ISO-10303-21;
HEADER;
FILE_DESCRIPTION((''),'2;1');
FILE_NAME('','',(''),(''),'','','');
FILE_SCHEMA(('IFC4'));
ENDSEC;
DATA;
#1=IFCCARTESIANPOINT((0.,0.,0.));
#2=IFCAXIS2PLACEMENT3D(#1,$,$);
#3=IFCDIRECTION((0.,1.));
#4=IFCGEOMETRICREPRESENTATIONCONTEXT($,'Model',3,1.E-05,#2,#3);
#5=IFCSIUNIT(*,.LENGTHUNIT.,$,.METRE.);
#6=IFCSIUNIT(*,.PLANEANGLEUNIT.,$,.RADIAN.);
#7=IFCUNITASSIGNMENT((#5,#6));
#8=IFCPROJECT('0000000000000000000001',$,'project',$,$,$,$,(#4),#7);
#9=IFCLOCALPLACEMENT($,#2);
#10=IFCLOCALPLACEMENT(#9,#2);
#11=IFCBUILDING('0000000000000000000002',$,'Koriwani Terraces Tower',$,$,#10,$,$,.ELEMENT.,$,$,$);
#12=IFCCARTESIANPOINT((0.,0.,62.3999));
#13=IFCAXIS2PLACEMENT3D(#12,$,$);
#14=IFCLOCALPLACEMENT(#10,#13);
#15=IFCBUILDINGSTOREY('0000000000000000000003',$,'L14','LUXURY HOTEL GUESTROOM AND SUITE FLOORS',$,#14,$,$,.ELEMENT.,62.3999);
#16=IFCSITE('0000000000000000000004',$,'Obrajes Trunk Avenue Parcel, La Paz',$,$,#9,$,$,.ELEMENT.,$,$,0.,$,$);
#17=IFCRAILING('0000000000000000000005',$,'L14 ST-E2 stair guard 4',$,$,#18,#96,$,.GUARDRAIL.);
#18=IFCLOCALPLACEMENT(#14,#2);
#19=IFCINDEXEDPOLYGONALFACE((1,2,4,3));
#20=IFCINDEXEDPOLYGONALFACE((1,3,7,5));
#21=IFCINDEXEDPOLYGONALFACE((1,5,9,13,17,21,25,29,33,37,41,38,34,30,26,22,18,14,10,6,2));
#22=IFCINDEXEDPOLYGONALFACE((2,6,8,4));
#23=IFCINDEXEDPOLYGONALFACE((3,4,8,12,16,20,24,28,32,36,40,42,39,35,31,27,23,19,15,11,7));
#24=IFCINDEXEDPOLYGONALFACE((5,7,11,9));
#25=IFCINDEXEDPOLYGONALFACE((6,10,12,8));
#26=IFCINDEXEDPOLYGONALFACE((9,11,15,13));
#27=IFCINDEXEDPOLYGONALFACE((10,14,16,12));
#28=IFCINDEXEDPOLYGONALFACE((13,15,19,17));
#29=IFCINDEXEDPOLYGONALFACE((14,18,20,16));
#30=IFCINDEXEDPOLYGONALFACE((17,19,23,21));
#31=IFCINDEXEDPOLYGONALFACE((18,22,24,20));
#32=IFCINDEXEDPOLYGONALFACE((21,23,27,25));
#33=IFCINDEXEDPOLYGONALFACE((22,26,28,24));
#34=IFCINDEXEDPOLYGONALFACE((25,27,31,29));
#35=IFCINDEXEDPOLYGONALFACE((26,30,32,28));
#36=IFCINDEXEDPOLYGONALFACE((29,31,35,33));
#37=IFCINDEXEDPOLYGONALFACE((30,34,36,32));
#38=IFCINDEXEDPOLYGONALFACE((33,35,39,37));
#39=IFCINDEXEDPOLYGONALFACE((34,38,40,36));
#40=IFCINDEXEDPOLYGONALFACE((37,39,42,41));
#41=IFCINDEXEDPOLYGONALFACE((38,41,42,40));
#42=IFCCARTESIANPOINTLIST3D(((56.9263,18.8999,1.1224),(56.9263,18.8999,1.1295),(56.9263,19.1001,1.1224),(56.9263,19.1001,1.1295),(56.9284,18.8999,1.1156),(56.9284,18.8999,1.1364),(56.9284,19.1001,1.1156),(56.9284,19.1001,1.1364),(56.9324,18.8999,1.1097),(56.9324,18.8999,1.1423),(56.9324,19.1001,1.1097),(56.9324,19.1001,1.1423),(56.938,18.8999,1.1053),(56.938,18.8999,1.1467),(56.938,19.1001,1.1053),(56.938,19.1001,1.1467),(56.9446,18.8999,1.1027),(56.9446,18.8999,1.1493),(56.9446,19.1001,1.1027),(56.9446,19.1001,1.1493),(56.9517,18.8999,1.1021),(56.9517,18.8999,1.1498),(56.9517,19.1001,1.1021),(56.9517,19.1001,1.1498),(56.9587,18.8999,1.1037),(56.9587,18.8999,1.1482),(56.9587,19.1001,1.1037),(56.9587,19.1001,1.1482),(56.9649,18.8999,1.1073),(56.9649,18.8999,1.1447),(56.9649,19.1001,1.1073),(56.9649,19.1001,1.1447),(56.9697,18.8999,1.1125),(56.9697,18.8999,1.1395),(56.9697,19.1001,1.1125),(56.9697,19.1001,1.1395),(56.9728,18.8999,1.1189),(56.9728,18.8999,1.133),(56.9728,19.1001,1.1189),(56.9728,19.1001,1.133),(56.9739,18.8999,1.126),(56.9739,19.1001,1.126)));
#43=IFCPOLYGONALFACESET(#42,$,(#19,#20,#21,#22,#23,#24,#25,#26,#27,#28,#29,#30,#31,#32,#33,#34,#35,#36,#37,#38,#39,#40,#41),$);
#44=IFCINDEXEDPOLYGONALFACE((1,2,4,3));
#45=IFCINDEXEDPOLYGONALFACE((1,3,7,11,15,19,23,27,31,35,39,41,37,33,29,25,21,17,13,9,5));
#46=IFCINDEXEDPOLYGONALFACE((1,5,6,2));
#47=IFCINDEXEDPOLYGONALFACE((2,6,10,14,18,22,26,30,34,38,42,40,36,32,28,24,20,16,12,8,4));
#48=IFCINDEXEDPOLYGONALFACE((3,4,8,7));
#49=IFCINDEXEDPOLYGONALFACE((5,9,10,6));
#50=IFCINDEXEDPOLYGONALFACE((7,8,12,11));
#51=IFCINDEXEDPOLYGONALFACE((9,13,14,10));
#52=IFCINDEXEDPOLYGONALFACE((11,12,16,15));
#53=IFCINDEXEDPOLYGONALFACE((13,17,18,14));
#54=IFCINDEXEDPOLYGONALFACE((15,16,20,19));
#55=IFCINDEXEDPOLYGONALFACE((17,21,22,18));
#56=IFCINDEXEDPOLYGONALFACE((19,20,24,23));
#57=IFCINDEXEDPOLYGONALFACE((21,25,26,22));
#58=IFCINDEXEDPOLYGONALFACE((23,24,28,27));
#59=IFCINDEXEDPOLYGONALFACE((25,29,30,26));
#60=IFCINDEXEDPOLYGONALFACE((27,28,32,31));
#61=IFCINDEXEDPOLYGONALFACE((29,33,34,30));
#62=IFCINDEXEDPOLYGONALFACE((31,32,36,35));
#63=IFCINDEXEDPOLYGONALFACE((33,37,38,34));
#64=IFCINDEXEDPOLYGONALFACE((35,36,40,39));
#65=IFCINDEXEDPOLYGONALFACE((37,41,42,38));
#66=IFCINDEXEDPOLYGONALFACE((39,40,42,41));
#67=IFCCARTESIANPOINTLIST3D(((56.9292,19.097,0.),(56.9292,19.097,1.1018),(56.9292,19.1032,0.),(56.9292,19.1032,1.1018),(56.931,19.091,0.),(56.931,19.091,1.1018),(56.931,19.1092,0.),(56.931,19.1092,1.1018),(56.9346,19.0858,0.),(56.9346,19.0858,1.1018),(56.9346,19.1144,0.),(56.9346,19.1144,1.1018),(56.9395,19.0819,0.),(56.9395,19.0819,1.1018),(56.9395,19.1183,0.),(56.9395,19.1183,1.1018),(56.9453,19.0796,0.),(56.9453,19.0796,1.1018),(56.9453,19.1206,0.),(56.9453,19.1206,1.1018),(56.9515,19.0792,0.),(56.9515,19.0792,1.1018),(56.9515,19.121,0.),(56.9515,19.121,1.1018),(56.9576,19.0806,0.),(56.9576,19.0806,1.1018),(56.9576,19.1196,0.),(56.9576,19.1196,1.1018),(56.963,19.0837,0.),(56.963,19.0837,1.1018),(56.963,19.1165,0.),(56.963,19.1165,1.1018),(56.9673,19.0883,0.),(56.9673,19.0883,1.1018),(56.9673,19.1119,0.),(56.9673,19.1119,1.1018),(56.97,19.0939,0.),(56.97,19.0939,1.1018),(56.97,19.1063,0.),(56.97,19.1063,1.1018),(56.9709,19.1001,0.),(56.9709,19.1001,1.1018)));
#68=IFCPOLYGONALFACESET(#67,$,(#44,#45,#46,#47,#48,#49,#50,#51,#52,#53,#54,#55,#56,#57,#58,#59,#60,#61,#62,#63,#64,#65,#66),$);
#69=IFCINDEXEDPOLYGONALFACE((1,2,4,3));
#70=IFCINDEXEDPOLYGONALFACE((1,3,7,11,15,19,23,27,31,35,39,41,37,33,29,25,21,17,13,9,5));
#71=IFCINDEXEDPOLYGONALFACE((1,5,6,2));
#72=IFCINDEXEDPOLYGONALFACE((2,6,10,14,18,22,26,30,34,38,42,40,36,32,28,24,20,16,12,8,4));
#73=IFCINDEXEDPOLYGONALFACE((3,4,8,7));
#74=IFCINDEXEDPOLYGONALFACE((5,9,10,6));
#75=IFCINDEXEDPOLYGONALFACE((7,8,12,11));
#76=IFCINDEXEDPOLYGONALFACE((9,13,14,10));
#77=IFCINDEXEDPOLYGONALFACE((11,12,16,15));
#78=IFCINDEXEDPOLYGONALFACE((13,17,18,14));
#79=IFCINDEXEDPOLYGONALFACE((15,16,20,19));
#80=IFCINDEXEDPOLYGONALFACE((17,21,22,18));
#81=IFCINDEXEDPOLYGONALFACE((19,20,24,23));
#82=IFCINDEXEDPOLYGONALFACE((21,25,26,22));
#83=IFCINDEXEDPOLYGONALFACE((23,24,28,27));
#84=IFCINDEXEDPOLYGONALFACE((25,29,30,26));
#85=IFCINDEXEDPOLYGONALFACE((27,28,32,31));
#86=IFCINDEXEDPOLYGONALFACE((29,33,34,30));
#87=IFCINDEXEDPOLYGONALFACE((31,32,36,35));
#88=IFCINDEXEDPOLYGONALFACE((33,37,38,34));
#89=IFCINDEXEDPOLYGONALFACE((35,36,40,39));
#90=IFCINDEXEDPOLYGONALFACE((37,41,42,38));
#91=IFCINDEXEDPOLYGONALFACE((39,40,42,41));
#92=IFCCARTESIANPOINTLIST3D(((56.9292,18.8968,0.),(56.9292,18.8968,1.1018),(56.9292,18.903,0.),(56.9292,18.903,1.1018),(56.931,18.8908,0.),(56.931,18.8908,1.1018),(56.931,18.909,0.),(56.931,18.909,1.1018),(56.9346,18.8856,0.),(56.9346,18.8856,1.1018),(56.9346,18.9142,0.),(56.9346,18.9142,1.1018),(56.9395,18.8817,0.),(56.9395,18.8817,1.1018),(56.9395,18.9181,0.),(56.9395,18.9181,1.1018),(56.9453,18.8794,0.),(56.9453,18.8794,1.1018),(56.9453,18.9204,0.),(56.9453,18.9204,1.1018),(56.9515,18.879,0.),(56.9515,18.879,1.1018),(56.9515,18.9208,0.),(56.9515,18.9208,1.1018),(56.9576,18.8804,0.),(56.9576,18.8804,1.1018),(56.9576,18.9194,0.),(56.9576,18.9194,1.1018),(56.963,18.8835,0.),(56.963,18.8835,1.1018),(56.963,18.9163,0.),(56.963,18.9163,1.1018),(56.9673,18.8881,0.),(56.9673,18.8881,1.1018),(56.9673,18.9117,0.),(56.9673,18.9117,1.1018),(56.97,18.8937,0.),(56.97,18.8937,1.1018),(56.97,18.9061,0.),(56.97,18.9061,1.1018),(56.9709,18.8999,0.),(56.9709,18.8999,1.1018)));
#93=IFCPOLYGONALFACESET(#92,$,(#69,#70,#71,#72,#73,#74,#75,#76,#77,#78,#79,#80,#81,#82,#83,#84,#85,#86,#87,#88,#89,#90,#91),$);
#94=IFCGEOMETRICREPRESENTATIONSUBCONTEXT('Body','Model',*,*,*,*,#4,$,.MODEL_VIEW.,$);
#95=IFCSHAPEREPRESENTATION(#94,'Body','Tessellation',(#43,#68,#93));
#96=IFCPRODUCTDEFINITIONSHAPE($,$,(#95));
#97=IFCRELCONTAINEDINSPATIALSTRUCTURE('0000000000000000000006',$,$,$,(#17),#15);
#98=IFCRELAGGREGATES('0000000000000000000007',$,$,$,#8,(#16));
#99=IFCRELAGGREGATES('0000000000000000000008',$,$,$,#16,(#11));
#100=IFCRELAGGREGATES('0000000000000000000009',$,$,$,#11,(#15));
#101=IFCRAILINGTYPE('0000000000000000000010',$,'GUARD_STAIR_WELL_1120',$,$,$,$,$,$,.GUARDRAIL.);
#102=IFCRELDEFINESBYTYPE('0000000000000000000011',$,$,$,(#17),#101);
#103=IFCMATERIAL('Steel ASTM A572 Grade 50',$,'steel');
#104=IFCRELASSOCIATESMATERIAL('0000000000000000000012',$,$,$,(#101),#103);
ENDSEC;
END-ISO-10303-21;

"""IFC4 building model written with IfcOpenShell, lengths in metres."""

from ifc_helpers import new_model, si_unit, direction, frame, origin, origin_2d, place, context, subcontext, project, spatial, circle, extrude, material, type_object, element, save


model = new_model("IFC4")

# Units and contexts
model_context = context("Model", 3, precision=1e-05, world=origin(), true_north=direction((0.0, 1.0)))
body_context = subcontext(model_context, "Body", "Model", "MODEL_VIEW")
ifc_project = project(units=[si_unit("LENGTHUNIT", "METRE"), si_unit("PLANEANGLEUNIT", "RADIAN")], contexts=[model_context])

# Site, building, storey
site_placement = place(None, origin())
site = spatial("IfcSite", under=ifc_project, at=site_placement, Name="Obrajes Trunk Avenue Parcel, La Paz", CompositionType="ELEMENT", RefElevation=0.0)
building_placement = place(site_placement, origin())
building = spatial("IfcBuilding", under=site, at=building_placement, Name="Koriwani Terraces Tower", CompositionType="ELEMENT")
storey_placement = place(building_placement, frame((0.0, 0.0, 62.3999)))
storey = spatial("IfcBuildingStorey", under=building, at=storey_placement, Name="L14", Description="LUXURY HOTEL GUESTROOM AND SUITE FLOORS", CompositionType="ELEMENT", Elevation=62.3999)

# Shared definitions
ifc_material_1 = material(Name="Steel ASTM A572 Grade 50", Category="steel")

# Railing
railing_type_1 = type_object("IfcRailingType", Name="GUARD_STAIR_WELL_1120", PredefinedType="GUARDRAIL", material=ifc_material_1)
railing_1_placement = place(storey_placement, frame((56.95, 19.1001, 0.0)))
element("IfcRailing", 1, at=railing_1_placement, inside=storey, type_object=railing_type_1, Name="L14 ST-E2 stair guard 4", PredefinedType="GUARDRAIL", context=body_context, shape_type="SweptSolid", body=[
    extrude(circle(Radius=0.0239, at=origin_2d()), frame((0.0, 0.0, 1.126), z_axis=(0.0, -1.0, 0.0), x_axis=(1.0, 0.0, 0.0)), (0.0, 0.0, 1.0), 0.2002),
    extrude(circle(Radius=0.021, at=origin_2d()), origin(), (0.0, 0.0, 1.0), 1.1018),
    extrude(circle(Radius=0.021, at=origin_2d()), frame((0.0, -0.2002, 0.0)), (0.0, 0.0, 1.0), 1.1018),
])

save(model, "model.ifc")
